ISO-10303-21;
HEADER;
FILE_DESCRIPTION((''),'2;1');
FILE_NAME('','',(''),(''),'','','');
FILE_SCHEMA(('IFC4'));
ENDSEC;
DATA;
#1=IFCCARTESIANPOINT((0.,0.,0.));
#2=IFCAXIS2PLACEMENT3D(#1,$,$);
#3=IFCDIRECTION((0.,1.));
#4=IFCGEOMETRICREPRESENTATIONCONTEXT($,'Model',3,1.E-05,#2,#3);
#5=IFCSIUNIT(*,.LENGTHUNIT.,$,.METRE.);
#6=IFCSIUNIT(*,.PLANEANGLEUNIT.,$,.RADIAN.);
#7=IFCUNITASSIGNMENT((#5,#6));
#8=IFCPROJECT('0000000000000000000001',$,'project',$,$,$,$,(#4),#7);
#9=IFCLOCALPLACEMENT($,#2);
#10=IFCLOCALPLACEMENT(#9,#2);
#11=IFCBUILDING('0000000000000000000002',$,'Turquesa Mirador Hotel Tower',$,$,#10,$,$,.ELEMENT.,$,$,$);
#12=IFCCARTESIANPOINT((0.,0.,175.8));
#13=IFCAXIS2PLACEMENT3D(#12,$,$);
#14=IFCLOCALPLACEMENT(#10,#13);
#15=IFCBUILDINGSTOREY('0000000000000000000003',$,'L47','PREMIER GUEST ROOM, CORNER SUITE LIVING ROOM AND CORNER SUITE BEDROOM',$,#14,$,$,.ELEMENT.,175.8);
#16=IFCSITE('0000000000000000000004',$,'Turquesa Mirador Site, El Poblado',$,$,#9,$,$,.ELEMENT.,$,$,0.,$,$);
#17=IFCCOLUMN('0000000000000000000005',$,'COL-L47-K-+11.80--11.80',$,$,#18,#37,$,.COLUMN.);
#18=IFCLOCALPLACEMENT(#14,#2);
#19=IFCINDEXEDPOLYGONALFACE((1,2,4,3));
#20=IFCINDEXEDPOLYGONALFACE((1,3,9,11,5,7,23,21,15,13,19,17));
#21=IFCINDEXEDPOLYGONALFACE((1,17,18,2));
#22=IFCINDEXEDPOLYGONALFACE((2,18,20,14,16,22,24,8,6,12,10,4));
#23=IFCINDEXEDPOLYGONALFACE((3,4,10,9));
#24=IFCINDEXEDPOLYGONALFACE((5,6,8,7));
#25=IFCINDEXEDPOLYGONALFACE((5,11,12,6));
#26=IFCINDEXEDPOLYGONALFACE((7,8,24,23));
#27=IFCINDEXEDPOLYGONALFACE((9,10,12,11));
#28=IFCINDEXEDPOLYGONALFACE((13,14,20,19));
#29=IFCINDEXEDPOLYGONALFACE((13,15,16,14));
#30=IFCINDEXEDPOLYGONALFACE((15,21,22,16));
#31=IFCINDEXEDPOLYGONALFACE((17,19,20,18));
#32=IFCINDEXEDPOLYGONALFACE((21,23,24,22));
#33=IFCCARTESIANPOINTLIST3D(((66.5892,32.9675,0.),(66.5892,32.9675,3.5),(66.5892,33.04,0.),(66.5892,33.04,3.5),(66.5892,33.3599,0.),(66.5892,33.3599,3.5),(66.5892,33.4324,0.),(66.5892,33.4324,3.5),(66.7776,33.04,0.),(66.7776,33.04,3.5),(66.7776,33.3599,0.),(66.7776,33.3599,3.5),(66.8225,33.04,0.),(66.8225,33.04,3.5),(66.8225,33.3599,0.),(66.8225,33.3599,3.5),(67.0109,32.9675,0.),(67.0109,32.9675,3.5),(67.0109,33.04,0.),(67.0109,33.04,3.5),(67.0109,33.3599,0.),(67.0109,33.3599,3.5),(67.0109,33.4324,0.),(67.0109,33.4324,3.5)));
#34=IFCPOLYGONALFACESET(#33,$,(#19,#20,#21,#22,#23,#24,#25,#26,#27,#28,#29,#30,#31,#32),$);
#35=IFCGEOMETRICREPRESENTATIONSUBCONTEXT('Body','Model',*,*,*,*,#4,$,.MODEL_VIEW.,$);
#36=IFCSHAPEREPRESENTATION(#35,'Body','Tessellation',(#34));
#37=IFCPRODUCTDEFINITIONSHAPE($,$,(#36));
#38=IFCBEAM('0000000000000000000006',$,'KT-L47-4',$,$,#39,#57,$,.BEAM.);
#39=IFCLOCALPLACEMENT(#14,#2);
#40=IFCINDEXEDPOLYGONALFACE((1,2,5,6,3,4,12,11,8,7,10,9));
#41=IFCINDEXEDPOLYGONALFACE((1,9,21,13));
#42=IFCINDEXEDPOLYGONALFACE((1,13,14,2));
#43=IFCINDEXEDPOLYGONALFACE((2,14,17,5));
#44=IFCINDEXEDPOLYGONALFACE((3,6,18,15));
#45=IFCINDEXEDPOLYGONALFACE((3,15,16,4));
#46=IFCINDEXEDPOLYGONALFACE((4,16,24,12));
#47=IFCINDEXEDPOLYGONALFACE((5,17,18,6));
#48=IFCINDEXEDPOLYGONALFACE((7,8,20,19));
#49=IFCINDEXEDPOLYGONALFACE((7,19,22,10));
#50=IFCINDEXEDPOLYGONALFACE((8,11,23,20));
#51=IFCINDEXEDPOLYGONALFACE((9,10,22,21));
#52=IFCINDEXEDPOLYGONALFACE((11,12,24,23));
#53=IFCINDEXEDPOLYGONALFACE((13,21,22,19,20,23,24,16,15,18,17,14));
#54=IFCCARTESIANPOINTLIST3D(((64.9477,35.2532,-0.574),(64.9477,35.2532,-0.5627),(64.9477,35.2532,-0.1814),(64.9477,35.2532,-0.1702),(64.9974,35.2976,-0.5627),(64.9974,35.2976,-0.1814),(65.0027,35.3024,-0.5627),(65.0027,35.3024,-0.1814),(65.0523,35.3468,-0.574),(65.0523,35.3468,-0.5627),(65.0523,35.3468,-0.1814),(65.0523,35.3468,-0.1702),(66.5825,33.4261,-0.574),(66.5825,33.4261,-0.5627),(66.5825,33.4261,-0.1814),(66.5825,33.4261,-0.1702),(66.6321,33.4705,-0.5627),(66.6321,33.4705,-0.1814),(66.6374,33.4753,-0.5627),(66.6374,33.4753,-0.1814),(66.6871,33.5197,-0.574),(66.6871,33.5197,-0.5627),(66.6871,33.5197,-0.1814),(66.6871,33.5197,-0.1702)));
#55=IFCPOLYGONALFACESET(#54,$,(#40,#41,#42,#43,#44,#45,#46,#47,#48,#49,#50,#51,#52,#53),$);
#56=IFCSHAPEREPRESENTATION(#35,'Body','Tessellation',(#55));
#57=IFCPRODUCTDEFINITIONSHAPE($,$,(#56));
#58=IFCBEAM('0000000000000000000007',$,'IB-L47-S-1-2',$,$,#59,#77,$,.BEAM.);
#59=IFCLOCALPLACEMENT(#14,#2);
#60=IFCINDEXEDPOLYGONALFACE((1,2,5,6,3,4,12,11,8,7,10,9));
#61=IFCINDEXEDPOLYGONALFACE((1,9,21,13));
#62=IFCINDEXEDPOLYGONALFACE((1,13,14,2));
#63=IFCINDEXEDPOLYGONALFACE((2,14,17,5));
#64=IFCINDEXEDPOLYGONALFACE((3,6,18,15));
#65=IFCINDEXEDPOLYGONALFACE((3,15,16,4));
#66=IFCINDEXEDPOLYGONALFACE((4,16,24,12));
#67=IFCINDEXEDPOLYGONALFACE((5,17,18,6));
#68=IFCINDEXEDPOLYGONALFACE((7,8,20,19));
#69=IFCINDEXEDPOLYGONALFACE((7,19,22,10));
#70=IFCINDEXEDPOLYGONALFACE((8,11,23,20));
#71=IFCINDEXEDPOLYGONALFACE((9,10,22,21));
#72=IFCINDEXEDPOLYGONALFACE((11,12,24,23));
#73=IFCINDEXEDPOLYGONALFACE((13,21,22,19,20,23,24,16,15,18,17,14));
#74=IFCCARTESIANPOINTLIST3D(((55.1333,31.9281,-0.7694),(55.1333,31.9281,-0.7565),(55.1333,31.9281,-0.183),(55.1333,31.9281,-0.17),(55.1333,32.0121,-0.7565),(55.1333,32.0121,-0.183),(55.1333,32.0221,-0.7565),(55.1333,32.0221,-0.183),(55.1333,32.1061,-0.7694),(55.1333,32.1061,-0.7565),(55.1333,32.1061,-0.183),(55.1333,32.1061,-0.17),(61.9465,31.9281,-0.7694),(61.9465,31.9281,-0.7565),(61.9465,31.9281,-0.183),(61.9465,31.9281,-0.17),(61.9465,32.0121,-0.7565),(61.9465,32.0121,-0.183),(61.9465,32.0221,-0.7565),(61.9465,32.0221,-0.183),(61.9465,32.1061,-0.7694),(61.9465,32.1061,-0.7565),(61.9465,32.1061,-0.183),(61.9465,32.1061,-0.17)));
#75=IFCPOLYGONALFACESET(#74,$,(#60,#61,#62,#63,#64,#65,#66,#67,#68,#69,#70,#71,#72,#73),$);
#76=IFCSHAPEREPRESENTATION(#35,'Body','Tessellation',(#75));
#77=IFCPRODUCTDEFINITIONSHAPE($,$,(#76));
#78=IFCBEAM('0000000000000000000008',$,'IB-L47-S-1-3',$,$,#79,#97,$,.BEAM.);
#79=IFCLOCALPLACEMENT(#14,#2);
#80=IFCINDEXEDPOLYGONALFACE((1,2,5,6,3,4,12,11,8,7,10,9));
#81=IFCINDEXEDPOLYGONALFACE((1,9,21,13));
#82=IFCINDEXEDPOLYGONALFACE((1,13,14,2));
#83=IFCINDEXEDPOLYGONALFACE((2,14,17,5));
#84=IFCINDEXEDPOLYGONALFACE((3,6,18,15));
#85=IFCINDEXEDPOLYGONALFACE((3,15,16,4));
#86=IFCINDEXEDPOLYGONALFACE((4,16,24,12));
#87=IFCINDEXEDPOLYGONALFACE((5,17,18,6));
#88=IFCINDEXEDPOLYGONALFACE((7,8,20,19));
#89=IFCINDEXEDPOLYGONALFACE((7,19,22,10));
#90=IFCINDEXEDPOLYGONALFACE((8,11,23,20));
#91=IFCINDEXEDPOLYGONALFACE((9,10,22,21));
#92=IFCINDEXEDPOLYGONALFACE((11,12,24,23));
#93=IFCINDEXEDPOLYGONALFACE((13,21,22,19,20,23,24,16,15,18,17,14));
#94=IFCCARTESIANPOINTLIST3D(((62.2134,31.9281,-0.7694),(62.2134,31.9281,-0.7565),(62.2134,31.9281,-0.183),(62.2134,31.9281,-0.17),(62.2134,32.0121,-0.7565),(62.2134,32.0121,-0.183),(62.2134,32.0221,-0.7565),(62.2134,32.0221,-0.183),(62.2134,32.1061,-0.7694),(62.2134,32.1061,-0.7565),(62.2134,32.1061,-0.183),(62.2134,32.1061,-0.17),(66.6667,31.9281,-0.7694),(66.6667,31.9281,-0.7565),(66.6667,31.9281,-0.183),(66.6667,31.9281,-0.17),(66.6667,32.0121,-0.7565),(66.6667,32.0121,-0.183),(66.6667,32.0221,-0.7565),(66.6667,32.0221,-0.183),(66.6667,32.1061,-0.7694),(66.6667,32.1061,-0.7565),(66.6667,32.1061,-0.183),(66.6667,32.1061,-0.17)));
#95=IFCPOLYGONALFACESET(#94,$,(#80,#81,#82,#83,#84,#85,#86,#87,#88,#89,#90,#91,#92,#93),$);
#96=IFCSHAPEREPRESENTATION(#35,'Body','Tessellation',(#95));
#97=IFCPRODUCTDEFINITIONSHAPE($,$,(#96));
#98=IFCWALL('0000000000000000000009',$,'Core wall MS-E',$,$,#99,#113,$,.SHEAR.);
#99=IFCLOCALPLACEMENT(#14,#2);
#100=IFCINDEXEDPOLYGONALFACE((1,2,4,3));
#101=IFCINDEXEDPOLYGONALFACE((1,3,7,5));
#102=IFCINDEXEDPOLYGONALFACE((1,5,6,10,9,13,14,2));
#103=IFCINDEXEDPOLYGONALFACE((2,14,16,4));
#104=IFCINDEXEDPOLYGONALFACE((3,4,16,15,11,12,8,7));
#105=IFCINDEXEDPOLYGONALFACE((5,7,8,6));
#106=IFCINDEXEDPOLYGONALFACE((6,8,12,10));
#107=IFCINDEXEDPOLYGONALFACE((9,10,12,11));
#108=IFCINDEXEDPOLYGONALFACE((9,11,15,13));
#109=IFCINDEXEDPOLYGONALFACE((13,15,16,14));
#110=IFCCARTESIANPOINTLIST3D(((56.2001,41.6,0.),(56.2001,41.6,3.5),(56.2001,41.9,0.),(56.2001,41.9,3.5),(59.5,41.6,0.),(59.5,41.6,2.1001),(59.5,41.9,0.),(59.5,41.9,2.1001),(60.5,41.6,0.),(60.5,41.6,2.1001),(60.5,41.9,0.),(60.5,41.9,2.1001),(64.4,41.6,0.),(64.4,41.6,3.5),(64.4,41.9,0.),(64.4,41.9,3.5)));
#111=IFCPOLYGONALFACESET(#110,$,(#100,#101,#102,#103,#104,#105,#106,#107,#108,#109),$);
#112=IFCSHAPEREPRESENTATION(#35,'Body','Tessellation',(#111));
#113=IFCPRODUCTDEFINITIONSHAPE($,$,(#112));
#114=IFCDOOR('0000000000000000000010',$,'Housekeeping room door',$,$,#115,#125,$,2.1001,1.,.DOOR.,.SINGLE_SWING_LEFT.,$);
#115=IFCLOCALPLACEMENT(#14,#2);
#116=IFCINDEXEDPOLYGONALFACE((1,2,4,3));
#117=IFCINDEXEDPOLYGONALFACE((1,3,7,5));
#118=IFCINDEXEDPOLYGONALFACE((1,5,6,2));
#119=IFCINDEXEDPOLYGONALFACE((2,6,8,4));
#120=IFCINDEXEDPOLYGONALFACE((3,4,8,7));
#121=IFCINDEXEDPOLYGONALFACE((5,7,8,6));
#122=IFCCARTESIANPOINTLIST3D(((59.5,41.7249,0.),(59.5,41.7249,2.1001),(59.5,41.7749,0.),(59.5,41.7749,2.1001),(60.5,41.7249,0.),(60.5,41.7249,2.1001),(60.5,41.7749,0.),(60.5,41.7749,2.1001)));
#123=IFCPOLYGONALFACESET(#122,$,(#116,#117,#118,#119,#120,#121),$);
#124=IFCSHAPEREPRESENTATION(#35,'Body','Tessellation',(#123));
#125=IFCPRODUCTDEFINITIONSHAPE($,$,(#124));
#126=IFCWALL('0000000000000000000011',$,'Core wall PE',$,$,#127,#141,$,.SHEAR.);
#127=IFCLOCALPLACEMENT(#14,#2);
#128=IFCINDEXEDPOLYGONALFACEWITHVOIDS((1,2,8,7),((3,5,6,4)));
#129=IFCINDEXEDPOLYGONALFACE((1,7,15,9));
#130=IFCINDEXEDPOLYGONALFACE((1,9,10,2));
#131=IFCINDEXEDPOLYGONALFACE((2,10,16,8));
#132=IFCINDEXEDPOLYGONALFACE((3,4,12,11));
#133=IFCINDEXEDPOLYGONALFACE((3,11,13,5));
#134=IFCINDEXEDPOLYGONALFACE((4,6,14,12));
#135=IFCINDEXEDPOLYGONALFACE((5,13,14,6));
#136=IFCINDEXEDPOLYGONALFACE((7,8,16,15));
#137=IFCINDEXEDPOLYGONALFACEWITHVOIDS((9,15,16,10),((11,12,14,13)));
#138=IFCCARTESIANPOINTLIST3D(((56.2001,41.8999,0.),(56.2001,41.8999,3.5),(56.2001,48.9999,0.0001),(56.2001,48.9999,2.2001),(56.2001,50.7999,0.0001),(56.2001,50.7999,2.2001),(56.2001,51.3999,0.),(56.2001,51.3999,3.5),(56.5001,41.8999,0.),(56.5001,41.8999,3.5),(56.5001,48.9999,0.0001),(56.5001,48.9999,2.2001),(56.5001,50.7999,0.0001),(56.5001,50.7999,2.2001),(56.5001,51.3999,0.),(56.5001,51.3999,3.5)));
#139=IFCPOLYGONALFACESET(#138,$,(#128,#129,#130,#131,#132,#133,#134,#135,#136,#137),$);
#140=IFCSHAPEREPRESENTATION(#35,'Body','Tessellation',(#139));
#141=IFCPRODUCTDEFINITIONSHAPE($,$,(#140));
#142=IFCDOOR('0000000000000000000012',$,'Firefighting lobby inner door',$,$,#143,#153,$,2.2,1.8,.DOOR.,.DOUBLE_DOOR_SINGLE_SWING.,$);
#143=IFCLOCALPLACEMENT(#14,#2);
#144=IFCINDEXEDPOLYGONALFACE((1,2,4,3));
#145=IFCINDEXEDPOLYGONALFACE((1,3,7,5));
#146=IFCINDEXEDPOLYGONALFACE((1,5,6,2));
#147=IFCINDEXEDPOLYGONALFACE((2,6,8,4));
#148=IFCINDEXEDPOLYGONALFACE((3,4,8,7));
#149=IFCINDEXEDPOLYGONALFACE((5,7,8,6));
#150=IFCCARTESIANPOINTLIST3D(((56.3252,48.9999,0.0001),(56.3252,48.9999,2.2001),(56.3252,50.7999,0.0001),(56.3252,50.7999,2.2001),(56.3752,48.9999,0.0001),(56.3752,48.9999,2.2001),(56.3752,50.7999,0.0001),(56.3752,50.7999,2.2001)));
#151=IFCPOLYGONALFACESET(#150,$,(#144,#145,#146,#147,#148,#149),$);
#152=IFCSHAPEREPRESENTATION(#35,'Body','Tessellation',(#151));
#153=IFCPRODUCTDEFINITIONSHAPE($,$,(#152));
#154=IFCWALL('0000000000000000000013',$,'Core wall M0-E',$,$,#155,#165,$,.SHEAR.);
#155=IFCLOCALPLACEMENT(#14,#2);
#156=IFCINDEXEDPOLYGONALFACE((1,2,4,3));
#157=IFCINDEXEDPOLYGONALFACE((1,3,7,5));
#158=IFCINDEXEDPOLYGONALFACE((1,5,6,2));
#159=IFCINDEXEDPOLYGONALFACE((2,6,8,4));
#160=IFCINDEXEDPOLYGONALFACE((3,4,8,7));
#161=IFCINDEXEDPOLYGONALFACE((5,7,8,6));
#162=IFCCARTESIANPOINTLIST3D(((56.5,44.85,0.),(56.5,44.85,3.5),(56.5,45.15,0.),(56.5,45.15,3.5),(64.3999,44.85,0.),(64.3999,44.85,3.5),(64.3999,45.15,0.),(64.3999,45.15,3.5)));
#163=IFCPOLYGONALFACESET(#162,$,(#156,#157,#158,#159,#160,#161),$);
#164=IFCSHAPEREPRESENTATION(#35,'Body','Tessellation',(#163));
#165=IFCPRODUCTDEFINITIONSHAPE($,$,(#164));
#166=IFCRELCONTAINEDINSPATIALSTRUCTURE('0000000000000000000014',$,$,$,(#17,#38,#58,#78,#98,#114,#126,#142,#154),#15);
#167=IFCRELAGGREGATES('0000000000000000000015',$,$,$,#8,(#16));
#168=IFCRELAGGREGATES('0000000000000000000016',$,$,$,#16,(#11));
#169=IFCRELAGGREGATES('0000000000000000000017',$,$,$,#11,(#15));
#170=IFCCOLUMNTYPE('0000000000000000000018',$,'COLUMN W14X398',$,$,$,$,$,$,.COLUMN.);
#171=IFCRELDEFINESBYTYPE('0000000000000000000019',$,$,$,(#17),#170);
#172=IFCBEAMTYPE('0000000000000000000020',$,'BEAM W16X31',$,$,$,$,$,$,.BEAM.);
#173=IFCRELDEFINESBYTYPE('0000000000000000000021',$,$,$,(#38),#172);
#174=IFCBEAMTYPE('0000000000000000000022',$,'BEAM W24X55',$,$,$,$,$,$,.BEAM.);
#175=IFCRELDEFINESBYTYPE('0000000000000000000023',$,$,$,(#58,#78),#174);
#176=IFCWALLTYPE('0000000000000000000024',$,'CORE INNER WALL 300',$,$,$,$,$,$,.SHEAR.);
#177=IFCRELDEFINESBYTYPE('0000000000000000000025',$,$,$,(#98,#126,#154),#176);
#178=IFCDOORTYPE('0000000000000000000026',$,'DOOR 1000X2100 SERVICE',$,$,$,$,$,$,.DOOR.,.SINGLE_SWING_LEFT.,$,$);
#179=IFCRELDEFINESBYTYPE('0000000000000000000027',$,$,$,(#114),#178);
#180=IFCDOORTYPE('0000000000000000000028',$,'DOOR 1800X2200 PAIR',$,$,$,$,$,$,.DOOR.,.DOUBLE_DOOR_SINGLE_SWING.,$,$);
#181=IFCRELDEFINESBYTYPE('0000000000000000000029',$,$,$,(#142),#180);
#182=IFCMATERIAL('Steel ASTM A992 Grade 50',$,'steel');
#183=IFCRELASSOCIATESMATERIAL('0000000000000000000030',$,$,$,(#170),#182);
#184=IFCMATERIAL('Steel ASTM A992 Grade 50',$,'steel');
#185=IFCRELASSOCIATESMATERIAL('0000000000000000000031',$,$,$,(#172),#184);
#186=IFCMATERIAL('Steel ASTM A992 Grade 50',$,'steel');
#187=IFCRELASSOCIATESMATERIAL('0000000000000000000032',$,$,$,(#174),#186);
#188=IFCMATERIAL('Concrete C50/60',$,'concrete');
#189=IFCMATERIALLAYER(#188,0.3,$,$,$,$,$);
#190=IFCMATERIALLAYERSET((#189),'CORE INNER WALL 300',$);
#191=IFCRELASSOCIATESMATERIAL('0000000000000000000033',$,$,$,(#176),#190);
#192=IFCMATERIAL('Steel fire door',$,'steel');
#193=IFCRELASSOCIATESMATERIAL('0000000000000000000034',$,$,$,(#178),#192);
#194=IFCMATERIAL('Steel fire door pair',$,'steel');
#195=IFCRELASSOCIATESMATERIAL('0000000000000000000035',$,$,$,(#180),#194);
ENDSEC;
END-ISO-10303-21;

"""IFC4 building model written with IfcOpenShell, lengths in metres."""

from ifc_helpers import new_model, si_unit, direction, frame, frame_2d, origin, origin_2d, place, context, subcontext, project, spatial, rectangle, i_section, extrude, material, layer, layer_set, material_profile, profile_set, type_object, element, fill, save


model = new_model("IFC4")

# Units and contexts
model_context = context("Model", 3, precision=1e-05, world=origin(), true_north=direction((0.0, 1.0)))
body_context = subcontext(model_context, "Body", "Model", "MODEL_VIEW")
ifc_project = project(units=[si_unit("LENGTHUNIT", "METRE"), si_unit("PLANEANGLEUNIT", "RADIAN")], contexts=[model_context])

# Site, building, storey
site_placement = place(None, origin())
site = spatial("IfcSite", under=ifc_project, at=site_placement, Name="Turquesa Mirador Site, El Poblado", CompositionType="ELEMENT", RefElevation=0.0)
building_placement = place(site_placement, origin())
building = spatial("IfcBuilding", under=site, at=building_placement, Name="Turquesa Mirador Hotel Tower", CompositionType="ELEMENT")
storey_placement = place(building_placement, frame((0.0, 0.0, 175.8)))
storey = spatial("IfcBuildingStorey", under=building, at=storey_placement, Name="L47", Description="PREMIER GUEST ROOM, CORNER SUITE LIVING ROOM AND CORNER SUITE BEDROOM", CompositionType="ELEMENT", Elevation=175.8)

# Column
ifc_material_1 = material(Name="Steel ASTM A992 Grade 50", Category="steel")
ifc_material_profile_1 = material_profile(ifc_material_1, i_section(OverallWidth=0.4216, OverallDepth=0.4648, WebThickness=0.0449, FlangeThickness=0.0725, at=origin_2d()), Name="W14X398")
ifc_profile_set_1 = profile_set([ifc_material_profile_1], Name="Steel ASTM A992 Grade 50")
column_type = type_object("IfcColumnType", Name="COLUMN W14X398", PredefinedType="COLUMN", material=ifc_profile_set_1)
column_placement = place(storey_placement, frame((66.8, 33.2, 0.0), z_axis=(0.0, 0.0, 1.0), x_axis=(1.0, 0.0, 0.0)))
element("IfcColumn", 1, at=column_placement, inside=storey, type_object=column_type, Name="COL-L47-K-+11.80--11.80", PredefinedType="COLUMN", context=body_context, shape_type="SweptSolid", body=[
    extrude(i_section(OverallWidth=0.4216, OverallDepth=0.4648, WebThickness=0.0449, FlangeThickness=0.0725, at=origin_2d()), origin(), (0.0, 0.0, 1.0), 3.5),
])

# Beams
ifc_material_2 = material(Name="Steel ASTM A992 Grade 50", Category="steel")
ifc_material_profile_2 = material_profile(ifc_material_2, i_section(OverallWidth=0.1404, OverallDepth=0.4038, WebThickness=0.0071, FlangeThickness=0.0112, at=origin_2d()), Name="W16X31")
ifc_profile_set_2 = profile_set([ifc_material_profile_2], Name="Steel ASTM A992 Grade 50")
beam_type_1 = type_object("IfcBeamType", Name="BEAM W16X31", PredefinedType="BEAM", material=ifc_profile_set_2)
beam_1_placement = place(storey_placement, frame((66.6348, 33.4729, -0.3721), z_axis=(-0.666783, 0.745252, 0.0), x_axis=(-0.745252, -0.666783, 0.0)))
element("IfcBeam", 2, at=beam_1_placement, inside=storey, type_object=beam_type_1, Name="KT-L47-4", PredefinedType="BEAM", context=body_context, shape_type="SweptSolid", body=[
    extrude(i_section(OverallWidth=0.1404, OverallDepth=0.4038, WebThickness=0.0071, FlangeThickness=0.0112, at=origin_2d()), origin(), (0.0, 0.0, 1.0), 2.4517),
])
ifc_material_3 = material(Name="Steel ASTM A992 Grade 50", Category="steel")
ifc_material_profile_3 = material_profile(ifc_material_3, i_section(OverallWidth=0.178, OverallDepth=0.5994, WebThickness=0.01, FlangeThickness=0.0129, at=origin_2d()), Name="W24X55")
ifc_profile_set_3 = profile_set([ifc_material_profile_3], Name="Steel ASTM A992 Grade 50")
beam_type_2 = type_object("IfcBeamType", Name="BEAM W24X55", PredefinedType="BEAM", material=ifc_profile_set_3)
beam_2_placement = place(storey_placement, frame((55.1333, 32.0171, -0.4697), z_axis=(1.0, 0.0, 0.0), x_axis=(0.0, 1.0, 0.0)))
element("IfcBeam", 3, at=beam_2_placement, inside=storey, type_object=beam_type_2, Name="IB-L47-S-1-2", PredefinedType="BEAM", context=body_context, shape_type="SweptSolid", body=[
    extrude(i_section(OverallWidth=0.178, OverallDepth=0.5994, WebThickness=0.01, FlangeThickness=0.0129, at=origin_2d()), origin(), (0.0, 0.0, 1.0), 6.8132),
])
beam_3_placement = place(storey_placement, frame((62.2134, 32.0171, -0.4697), z_axis=(1.0, 0.0, 0.0), x_axis=(0.0, 1.0, 0.0)))
element("IfcBeam", 4, at=beam_3_placement, inside=storey, type_object=beam_type_2, Name="IB-L47-S-1-3", PredefinedType="BEAM", context=body_context, shape_type="SweptSolid", body=[
    extrude(i_section(OverallWidth=0.178, OverallDepth=0.5994, WebThickness=0.01, FlangeThickness=0.0129, at=origin_2d()), origin(), (0.0, 0.0, 1.0), 4.4534),
])

# Walls, openings, doors
ifc_material_4 = material(Name="Concrete C50/60", Category="concrete")
ifc_layer_1 = layer(ifc_material_4, 0.3)
ifc_layer_set_1 = layer_set([ifc_layer_1], Name="CORE INNER WALL 300")
wall_type_1 = type_object("IfcWallType", Name="CORE INNER WALL 300", PredefinedType="SHEAR", material=ifc_layer_set_1)
wall_1_placement = place(storey_placement, frame((56.2, 41.75, 0.0), z_axis=(0.0, 0.0, 1.0), x_axis=(1.0, 0.0, 0.0)))
wall_1 = element("IfcWall", 5, at=wall_1_placement, inside=storey, type_object=wall_type_1, Name="Core wall MS-E", PredefinedType="SHEAR", context=body_context, shape_type="SweptSolid", body=[
    extrude(rectangle(XDim=8.2, YDim=0.3, at=frame_2d((4.1001, 0.0))), origin(), (0.0, 0.0, 1.0), 3.5),
])
opening_1_placement = place(wall_1_placement, frame((3.3, 0.0, 0.0)))
opening_1 = element("IfcOpeningElement", 6, at=opening_1_placement, cuts=wall_1, PredefinedType="OPENING", context=body_context, shape_type="SweptSolid", body=[
    extrude(rectangle(XDim=1.0, YDim=2.1001, at=frame_2d((0.5, 1.05))), frame((0.0, 0.1599, 0.0), z_axis=(0.0, -1.0, 0.0), x_axis=(1.0, 0.0, 0.0)), (0.0, 0.0, 1.0), 0.3201),
])
ifc_material_5 = material(Name="Steel fire door", Category="steel")
door_type_1 = type_object("IfcDoorType", Name="DOOR 1000X2100 SERVICE", OperationType="SINGLE_SWING_LEFT", PredefinedType="DOOR", material=ifc_material_5)
door_1_placement = place(opening_1_placement, origin())
door_1 = element("IfcDoor", 7, at=door_1_placement, inside=storey, type_object=door_type_1, Name="Housekeeping room door", OperationType="SINGLE_SWING_LEFT", OverallHeight=2.1001, OverallWidth=1.0, PredefinedType="DOOR", context=body_context, shape_type="SweptSolid", body=[
    extrude(rectangle(XDim=1.0, YDim=2.1001, at=frame_2d((0.5, 1.05))), frame((0.0, 0.0249, 0.0), z_axis=(0.0, -1.0, 0.0), x_axis=(1.0, 0.0, 0.0)), (0.0, 0.0, 1.0), 0.05),
])
fill(opening_1, door_1)
wall_2_placement = place(storey_placement, frame((56.3501, 41.8999, 0.0), z_axis=(0.0, 0.0, 1.0), x_axis=(0.0, 1.0, 0.0)))
wall_2 = element("IfcWall", 8, at=wall_2_placement, inside=storey, type_object=wall_type_1, Name="Core wall PE", PredefinedType="SHEAR", context=body_context, shape_type="SweptSolid", body=[
    extrude(rectangle(XDim=9.5, YDim=0.3, at=frame_2d((4.75, 0.0))), origin(), (0.0, 0.0, 1.0), 3.5),
])
opening_2_placement = place(wall_2_placement, frame((7.1001, 0.0, 0.0)))
opening_2 = element("IfcOpeningElement", 9, at=opening_2_placement, cuts=wall_2, PredefinedType="OPENING", context=body_context, shape_type="SweptSolid", body=[
    extrude(rectangle(XDim=1.8, YDim=2.2, at=frame_2d((0.8999, 1.1001))), frame((0.0, 0.1599, 0.0), z_axis=(0.0, -1.0, 0.0), x_axis=(1.0, 0.0, 0.0)), (0.0, 0.0, 1.0), 0.3201),
])
ifc_material_6 = material(Name="Steel fire door pair", Category="steel")
door_type_2 = type_object("IfcDoorType", Name="DOOR 1800X2200 PAIR", OperationType="DOUBLE_DOOR_SINGLE_SWING", PredefinedType="DOOR", material=ifc_material_6)
door_2_placement = place(opening_2_placement, origin())
door_2 = element("IfcDoor", 10, at=door_2_placement, inside=storey, type_object=door_type_2, Name="Firefighting lobby inner door", OperationType="DOUBLE_DOOR_SINGLE_SWING", OverallHeight=2.2, OverallWidth=1.8, PredefinedType="DOOR", context=body_context, shape_type="SweptSolid", body=[
    extrude(rectangle(XDim=1.8, YDim=2.2, at=frame_2d((0.8999, 1.1001))), frame((0.0, 0.0249, 0.0), z_axis=(0.0, -1.0, 0.0), x_axis=(1.0, 0.0, 0.0)), (0.0, 0.0, 1.0), 0.05),
])
fill(opening_2, door_2)

# Wall
wall_3_placement = place(storey_placement, frame((56.5, 45.0, 0.0), z_axis=(0.0, 0.0, 1.0), x_axis=(1.0, 0.0, 0.0)))
element("IfcWall", 11, at=wall_3_placement, inside=storey, type_object=wall_type_1, Name="Core wall M0-E", PredefinedType="SHEAR", context=body_context, shape_type="SweptSolid", body=[
    extrude(rectangle(XDim=7.8999, YDim=0.3, at=frame_2d((3.95, 0.0))), origin(), (0.0, 0.0, 1.0), 3.5),
])

save(model, "model.ifc")
